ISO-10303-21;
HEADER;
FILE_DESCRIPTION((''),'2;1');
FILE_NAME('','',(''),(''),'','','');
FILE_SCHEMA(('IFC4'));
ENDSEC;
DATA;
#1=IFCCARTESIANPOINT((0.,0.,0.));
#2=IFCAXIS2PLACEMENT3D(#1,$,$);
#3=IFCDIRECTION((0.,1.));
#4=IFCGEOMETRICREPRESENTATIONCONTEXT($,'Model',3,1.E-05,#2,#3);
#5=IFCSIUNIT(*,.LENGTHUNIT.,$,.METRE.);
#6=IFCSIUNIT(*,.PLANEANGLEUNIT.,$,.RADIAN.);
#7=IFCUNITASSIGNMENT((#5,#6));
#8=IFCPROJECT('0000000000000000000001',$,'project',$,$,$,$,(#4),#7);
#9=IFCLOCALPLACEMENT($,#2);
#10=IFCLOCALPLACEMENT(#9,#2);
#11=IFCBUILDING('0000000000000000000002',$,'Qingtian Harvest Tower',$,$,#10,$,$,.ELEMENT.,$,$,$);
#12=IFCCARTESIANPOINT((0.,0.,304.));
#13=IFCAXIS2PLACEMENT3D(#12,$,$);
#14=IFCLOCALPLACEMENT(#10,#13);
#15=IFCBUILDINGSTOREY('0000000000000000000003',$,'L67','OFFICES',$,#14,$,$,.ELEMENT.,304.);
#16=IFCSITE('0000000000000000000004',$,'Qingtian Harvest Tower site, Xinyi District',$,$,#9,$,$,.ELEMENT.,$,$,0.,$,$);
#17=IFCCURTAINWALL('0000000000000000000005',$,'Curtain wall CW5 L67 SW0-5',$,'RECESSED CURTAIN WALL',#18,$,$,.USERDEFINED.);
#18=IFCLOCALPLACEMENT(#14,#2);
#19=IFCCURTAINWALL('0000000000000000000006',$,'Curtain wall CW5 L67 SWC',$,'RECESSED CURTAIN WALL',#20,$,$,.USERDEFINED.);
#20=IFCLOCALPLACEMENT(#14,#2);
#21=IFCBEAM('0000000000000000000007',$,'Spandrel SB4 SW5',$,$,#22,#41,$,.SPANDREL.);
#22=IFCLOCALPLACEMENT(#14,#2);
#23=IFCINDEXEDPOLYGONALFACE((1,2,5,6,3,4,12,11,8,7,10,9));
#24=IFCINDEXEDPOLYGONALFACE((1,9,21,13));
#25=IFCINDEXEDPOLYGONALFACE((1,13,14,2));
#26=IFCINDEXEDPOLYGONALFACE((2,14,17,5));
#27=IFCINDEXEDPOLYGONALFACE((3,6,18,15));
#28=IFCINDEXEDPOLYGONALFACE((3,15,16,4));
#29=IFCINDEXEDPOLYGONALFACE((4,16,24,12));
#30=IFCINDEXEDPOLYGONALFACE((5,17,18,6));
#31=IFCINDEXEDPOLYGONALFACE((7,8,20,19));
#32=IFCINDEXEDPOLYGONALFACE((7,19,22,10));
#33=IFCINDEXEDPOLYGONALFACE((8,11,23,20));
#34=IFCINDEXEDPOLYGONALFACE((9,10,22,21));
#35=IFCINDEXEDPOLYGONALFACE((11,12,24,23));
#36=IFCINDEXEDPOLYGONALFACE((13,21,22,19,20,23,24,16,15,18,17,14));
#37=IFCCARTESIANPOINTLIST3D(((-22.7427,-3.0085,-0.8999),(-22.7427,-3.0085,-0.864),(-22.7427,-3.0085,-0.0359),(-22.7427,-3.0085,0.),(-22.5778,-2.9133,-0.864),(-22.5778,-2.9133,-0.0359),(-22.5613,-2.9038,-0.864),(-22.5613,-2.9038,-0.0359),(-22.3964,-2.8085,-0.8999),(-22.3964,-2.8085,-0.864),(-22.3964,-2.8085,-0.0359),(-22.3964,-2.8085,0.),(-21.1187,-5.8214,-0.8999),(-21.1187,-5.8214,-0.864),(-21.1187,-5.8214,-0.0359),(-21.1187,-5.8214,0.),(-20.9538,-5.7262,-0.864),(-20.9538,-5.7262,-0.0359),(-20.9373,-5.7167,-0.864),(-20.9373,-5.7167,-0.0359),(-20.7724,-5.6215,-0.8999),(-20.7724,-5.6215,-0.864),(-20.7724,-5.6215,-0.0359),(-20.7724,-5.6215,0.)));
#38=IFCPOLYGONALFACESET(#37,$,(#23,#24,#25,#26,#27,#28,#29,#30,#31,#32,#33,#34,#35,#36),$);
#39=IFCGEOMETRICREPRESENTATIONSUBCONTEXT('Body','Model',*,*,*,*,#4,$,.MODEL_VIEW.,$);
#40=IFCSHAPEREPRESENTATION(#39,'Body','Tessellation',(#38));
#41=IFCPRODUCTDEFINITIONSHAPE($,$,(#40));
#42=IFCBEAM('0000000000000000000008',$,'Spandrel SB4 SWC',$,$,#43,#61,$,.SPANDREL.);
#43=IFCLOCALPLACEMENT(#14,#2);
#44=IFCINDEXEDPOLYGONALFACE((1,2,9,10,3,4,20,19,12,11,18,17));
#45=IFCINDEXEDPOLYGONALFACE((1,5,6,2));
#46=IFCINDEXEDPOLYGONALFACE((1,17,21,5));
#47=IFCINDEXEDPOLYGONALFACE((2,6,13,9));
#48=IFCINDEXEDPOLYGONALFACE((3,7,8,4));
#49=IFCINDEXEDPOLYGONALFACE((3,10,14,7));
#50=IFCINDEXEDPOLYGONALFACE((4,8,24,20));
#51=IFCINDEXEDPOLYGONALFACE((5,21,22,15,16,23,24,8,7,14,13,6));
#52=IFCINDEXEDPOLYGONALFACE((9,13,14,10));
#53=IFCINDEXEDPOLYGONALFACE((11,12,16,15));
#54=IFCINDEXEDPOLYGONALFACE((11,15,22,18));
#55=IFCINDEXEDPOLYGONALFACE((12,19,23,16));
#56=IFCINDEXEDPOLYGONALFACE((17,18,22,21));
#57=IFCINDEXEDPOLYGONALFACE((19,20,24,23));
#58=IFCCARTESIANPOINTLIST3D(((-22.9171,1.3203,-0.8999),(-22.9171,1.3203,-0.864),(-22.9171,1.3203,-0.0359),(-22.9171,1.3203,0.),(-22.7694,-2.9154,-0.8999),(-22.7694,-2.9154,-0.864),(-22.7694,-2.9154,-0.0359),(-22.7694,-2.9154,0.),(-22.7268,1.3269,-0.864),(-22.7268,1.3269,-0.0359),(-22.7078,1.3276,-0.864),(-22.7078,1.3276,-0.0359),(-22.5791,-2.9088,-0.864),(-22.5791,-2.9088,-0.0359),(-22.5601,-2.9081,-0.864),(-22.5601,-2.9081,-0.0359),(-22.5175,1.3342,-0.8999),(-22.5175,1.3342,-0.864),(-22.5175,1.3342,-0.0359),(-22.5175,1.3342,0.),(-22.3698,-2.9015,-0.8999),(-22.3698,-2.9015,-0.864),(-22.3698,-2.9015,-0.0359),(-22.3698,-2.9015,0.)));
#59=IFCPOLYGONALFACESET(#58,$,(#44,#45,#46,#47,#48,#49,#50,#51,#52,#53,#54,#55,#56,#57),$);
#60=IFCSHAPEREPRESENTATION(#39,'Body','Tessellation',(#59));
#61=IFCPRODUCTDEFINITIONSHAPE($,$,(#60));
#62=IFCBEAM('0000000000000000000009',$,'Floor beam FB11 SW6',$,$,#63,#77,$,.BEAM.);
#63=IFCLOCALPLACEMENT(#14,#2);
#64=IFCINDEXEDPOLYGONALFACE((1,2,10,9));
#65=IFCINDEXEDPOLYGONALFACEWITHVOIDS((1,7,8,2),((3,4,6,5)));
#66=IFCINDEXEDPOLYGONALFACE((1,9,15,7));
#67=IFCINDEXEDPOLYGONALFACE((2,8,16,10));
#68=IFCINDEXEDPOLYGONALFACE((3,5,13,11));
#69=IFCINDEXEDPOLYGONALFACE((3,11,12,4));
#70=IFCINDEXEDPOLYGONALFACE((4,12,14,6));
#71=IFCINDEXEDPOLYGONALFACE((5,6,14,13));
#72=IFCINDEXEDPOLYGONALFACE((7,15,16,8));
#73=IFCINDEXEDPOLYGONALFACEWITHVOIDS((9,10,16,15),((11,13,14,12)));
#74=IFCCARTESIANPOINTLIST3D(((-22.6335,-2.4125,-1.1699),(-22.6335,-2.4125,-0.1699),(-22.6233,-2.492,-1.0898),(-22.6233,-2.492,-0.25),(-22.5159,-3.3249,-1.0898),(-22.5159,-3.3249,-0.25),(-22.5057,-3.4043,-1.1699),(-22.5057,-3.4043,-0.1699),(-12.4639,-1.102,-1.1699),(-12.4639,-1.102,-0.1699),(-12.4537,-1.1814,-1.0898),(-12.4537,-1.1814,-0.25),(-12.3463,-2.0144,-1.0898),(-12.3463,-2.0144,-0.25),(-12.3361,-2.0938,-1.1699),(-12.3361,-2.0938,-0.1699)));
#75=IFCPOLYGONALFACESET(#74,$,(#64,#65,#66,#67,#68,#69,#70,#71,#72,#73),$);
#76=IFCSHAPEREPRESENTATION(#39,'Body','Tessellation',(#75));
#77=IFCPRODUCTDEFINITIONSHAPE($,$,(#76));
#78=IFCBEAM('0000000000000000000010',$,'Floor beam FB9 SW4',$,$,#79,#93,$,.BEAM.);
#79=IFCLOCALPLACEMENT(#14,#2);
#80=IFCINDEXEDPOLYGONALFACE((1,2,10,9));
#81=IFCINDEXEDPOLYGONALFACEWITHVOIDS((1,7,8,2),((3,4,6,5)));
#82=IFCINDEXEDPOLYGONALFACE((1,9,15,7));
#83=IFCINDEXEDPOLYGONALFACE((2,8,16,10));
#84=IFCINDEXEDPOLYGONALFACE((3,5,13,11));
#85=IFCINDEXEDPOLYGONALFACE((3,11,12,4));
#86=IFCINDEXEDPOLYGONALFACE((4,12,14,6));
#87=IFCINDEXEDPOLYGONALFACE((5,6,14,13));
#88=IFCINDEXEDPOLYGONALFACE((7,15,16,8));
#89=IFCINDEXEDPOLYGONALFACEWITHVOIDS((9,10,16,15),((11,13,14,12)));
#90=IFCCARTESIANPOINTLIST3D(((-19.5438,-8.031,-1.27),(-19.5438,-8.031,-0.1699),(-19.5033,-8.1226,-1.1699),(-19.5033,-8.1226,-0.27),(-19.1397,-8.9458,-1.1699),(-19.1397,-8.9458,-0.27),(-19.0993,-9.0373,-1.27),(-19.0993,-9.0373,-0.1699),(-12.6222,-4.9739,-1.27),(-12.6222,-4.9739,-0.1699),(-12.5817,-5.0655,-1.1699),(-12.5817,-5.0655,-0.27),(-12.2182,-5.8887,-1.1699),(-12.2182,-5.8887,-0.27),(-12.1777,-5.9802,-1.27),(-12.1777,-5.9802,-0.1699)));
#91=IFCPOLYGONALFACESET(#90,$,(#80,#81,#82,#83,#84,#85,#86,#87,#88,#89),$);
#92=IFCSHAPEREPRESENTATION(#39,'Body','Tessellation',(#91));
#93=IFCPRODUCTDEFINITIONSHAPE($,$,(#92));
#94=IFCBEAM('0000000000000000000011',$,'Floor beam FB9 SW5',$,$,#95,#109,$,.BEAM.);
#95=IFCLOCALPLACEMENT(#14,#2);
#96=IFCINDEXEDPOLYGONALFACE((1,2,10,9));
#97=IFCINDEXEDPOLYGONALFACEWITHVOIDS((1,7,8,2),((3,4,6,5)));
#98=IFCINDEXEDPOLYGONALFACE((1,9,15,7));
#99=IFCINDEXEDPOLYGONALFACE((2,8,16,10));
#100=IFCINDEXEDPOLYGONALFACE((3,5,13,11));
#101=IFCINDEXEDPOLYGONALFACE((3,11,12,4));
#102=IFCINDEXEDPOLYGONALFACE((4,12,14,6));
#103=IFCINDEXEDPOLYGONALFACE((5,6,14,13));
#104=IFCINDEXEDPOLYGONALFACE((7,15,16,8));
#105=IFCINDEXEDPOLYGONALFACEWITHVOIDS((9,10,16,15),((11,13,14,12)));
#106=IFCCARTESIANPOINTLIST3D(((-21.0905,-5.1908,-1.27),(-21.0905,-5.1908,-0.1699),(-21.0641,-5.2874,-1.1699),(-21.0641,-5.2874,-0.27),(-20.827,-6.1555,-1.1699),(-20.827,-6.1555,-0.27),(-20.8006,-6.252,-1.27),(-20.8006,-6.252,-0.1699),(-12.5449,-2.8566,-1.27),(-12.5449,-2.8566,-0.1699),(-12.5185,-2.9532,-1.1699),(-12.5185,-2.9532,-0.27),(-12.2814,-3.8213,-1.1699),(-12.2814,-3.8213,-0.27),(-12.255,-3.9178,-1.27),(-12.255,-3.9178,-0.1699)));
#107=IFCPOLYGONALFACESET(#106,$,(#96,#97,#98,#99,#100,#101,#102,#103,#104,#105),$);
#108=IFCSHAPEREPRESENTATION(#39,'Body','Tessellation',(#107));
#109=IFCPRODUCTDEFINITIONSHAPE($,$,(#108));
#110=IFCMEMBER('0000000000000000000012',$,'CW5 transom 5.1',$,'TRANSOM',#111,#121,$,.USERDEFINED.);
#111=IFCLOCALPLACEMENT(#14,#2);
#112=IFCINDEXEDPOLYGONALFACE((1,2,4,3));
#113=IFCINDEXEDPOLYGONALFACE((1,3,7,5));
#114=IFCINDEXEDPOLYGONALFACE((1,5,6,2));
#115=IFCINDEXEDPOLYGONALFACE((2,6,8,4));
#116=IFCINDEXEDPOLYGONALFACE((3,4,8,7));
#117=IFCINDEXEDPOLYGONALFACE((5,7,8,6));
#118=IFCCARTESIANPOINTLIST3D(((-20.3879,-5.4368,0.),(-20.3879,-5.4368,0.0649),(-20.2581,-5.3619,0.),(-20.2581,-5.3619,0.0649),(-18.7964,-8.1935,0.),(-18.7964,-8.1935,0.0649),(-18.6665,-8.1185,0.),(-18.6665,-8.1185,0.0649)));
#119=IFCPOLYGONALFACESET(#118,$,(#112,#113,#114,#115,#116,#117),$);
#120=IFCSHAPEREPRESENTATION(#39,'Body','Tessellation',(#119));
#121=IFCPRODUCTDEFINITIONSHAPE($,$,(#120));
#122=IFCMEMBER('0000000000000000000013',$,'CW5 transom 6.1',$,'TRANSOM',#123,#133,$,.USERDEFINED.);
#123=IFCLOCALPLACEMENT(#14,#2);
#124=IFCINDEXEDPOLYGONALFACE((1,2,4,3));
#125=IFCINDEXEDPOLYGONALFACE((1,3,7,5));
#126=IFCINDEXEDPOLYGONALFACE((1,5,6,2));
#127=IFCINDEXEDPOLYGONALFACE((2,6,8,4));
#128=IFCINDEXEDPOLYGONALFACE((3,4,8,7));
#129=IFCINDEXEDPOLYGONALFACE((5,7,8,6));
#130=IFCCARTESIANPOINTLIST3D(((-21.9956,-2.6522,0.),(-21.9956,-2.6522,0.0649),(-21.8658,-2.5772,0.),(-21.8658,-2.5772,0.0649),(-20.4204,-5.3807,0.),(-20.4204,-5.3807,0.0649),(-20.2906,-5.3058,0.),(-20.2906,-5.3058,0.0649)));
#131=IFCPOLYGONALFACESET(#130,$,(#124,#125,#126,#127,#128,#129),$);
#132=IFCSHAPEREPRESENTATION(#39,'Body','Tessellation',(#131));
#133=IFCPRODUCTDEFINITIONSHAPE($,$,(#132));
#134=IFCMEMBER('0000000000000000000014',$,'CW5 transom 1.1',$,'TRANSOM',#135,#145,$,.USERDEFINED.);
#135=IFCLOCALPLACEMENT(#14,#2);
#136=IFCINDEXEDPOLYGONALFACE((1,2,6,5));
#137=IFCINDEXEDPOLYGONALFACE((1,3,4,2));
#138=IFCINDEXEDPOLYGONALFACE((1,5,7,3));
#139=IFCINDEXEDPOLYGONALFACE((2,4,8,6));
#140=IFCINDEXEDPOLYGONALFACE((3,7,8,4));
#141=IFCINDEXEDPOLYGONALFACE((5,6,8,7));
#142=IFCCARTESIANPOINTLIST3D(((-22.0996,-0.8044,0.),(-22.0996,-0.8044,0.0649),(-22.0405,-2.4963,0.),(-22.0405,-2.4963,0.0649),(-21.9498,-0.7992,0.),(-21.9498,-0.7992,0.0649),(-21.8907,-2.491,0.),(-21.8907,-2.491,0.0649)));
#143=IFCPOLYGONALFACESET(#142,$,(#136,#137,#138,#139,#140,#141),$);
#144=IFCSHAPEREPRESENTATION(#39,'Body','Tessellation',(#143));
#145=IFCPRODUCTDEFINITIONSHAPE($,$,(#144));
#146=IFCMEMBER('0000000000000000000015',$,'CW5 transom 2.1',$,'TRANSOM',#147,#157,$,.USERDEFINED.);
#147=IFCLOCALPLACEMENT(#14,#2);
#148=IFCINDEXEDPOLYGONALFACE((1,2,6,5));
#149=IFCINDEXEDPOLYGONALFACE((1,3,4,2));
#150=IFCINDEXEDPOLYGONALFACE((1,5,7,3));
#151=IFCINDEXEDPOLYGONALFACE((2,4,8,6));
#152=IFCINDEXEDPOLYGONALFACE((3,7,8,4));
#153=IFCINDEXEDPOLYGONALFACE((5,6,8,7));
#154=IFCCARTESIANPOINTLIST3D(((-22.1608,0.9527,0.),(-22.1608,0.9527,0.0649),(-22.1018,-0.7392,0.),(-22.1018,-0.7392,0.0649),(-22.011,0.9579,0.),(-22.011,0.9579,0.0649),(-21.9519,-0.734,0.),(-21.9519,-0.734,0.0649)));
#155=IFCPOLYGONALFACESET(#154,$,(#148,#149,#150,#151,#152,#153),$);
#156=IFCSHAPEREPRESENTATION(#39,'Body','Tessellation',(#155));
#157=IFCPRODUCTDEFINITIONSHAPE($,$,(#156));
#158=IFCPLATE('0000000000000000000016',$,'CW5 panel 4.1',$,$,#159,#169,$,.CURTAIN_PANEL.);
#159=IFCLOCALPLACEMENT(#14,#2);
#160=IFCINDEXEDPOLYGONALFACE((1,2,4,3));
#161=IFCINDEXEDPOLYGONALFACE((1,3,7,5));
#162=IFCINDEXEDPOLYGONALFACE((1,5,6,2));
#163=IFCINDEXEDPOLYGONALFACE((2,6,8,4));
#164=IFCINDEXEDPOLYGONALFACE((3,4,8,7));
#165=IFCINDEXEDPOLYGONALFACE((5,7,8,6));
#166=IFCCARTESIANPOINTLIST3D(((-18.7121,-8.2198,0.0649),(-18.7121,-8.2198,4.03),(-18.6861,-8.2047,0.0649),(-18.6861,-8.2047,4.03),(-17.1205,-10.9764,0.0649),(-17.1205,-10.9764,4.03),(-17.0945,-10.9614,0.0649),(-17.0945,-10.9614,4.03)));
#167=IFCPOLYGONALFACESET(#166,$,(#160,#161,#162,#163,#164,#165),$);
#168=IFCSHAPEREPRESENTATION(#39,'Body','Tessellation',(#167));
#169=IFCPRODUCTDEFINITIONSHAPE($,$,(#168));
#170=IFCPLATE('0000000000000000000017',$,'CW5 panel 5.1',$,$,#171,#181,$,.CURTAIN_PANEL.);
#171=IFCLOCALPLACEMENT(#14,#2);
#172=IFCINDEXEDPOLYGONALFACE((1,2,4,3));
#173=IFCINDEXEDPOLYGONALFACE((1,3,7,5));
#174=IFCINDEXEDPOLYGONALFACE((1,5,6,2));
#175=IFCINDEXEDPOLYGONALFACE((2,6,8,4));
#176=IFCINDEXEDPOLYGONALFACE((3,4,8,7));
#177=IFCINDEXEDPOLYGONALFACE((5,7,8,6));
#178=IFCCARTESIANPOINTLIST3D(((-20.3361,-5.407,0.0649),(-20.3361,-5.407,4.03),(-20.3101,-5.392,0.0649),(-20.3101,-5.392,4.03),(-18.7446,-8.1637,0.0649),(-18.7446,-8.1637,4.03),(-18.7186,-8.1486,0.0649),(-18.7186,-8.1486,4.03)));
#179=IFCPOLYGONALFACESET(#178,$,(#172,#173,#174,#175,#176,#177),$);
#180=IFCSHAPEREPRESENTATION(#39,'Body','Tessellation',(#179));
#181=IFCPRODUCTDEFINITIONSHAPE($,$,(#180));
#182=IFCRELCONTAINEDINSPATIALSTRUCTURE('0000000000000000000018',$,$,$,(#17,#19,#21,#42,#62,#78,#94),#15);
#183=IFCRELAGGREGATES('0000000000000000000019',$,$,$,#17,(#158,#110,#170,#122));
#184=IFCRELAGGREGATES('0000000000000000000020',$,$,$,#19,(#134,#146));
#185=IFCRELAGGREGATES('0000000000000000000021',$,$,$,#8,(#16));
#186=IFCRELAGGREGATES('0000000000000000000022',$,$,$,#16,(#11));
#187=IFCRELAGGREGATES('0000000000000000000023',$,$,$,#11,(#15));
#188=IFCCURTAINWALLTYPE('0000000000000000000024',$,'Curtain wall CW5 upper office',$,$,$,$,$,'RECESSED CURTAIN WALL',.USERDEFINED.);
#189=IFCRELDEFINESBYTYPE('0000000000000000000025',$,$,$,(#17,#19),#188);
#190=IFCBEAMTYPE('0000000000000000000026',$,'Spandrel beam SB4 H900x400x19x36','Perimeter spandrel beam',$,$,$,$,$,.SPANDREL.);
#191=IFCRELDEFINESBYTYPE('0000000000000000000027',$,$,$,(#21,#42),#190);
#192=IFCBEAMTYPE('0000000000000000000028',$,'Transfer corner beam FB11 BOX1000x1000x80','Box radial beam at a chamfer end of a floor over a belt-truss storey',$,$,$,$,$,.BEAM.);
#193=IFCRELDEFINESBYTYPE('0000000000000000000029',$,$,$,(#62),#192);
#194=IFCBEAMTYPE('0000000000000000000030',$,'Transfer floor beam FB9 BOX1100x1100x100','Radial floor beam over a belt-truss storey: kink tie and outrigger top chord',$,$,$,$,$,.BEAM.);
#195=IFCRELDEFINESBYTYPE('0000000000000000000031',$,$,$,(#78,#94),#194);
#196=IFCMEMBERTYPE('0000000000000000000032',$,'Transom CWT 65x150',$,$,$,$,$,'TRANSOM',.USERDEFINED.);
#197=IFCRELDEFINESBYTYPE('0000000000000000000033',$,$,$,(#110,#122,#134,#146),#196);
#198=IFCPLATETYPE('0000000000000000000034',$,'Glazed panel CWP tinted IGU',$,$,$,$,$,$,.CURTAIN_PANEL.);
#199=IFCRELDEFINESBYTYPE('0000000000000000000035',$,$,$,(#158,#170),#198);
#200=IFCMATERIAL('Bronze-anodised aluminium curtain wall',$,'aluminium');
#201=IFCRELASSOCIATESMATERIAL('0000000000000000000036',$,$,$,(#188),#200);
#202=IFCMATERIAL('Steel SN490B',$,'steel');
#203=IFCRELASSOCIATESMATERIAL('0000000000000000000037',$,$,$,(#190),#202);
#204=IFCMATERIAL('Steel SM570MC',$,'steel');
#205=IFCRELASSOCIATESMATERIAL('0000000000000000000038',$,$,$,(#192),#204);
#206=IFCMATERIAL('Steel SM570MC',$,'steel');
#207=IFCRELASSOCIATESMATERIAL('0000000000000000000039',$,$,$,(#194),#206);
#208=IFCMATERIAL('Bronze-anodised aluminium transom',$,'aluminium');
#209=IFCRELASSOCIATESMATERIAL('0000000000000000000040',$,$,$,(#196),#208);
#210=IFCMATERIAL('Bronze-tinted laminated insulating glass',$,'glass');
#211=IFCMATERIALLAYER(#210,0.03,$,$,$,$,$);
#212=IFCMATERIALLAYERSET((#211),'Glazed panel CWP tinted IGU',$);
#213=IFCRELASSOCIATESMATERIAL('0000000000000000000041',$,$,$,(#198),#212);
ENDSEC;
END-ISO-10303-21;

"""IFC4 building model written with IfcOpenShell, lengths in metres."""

from ifc_helpers import new_model, si_unit, direction, frame, origin, origin_2d, place, context, subcontext, project, spatial, rectangle, hollow_rectangle, i_section, extrude, material, layer, layer_set, material_profile, profile_set, type_object, element, aggregate, save


model = new_model("IFC4")

# Units and contexts
model_context = context("Model", 3, precision=1e-05, world=origin(), true_north=direction((0.0, 1.0)))
body_context = subcontext(model_context, "Body", "Model", "MODEL_VIEW")
ifc_project = project(units=[si_unit("LENGTHUNIT", "METRE"), si_unit("PLANEANGLEUNIT", "RADIAN")], contexts=[model_context])

# Site, building, storey
site_placement = place(None, origin())
site = spatial("IfcSite", under=ifc_project, at=site_placement, Name="Qingtian Harvest Tower site, Xinyi District", CompositionType="ELEMENT", RefElevation=0.0)
building_placement = place(site_placement, origin())
building = spatial("IfcBuilding", under=site, at=building_placement, Name="Qingtian Harvest Tower", CompositionType="ELEMENT")
storey_placement = place(building_placement, frame((0.0, 0.0, 304.0)))
storey = spatial("IfcBuildingStorey", under=building, at=storey_placement, Name="L67", Description="OFFICES", CompositionType="ELEMENT", Elevation=304.0)

# Curtain walls
ifc_material_1 = material(Name="Bronze-anodised aluminium curtain wall", Category="aluminium")
curtain_wall_type = type_object("IfcCurtainWallType", Name="Curtain wall CW5 upper office", ElementType="RECESSED CURTAIN WALL", PredefinedType="USERDEFINED", material=ifc_material_1)
curtain_wall_1_placement = place(storey_placement, origin())
curtain_wall_1 = element("IfcCurtainWall", 1, at=curtain_wall_1_placement, inside=storey, type_object=curtain_wall_type, Name="Curtain wall CW5 L67 SW0-5", ObjectType="RECESSED CURTAIN WALL", PredefinedType="USERDEFINED")
curtain_wall_2_placement = place(storey_placement, origin())
curtain_wall_2 = element("IfcCurtainWall", 2, at=curtain_wall_2_placement, inside=storey, type_object=curtain_wall_type, Name="Curtain wall CW5 L67 SWC", ObjectType="RECESSED CURTAIN WALL", PredefinedType="USERDEFINED")

# Beams
ifc_material_2 = material(Name="Steel SN490B", Category="steel")
ifc_material_profile_1 = material_profile(ifc_material_2, i_section(OverallWidth=0.3999, OverallDepth=0.8999, WebThickness=0.019, FlangeThickness=0.0359, at=origin_2d()), Name="H900x400x19x36")
ifc_profile_set_1 = profile_set([ifc_material_profile_1], Name="Steel SN490B")
beam_type_1 = type_object("IfcBeamType", Name="Spandrel beam SB4 H900x400x19x36", Description="Perimeter spandrel beam", PredefinedType="SPANDREL", material=ifc_profile_set_1)
beam_1_placement = place(storey_placement, frame((-20.9456, -5.7214, -0.45), z_axis=(-0.499987, 0.866033, 0.0), x_axis=(-0.866033, -0.499987, 0.0)))
element("IfcBeam", 3, at=beam_1_placement, inside=storey, type_object=beam_type_1, Name="Spandrel SB4 SW5", PredefinedType="SPANDREL", context=body_context, shape_type="SweptSolid", body=[
    extrude(i_section(OverallWidth=0.3999, OverallDepth=0.8999, WebThickness=0.019, FlangeThickness=0.0359, at=origin_2d()), origin(), (0.0, 0.0, 1.0), 3.248),
])
beam_2_placement = place(storey_placement, frame((-22.5696, -2.9084, -0.45), z_axis=(-0.034851, 0.999393, 0.0), x_axis=(-0.999393, -0.034851, 0.0)))
element("IfcBeam", 4, at=beam_2_placement, inside=storey, type_object=beam_type_1, Name="Spandrel SB4 SWC", PredefinedType="SPANDREL", context=body_context, shape_type="SweptSolid", body=[
    extrude(i_section(OverallWidth=0.3999, OverallDepth=0.8999, WebThickness=0.019, FlangeThickness=0.0359, at=origin_2d()), origin(), (0.0, 0.0, 1.0), 4.2383),
])
ifc_material_3 = material(Name="Steel SM570MC", Category="steel")
ifc_material_profile_2 = material_profile(ifc_material_3, hollow_rectangle(XDim=1.0, YDim=1.0, WallThickness=0.0801, at=origin_2d()), Name="BOX1000x1000x80")
ifc_profile_set_2 = profile_set([ifc_material_profile_2], Name="Steel SM570MC")
beam_type_2 = type_object("IfcBeamType", Name="Transfer corner beam FB11 BOX1000x1000x80", Description="Box radial beam at a chamfer end of a floor over a belt-truss storey", PredefinedType="BEAM", material=ifc_profile_set_2)
beam_3_placement = place(storey_placement, frame((-22.5696, -2.9084, -0.6699), z_axis=(0.991799, 0.127811, 0.0), x_axis=(-0.127811, 0.991799, 0.0)))
element("IfcBeam", 5, at=beam_3_placement, inside=storey, type_object=beam_type_2, Name="Floor beam FB11 SW6", PredefinedType="BEAM", context=body_context, shape_type="SweptSolid", body=[
    extrude(hollow_rectangle(XDim=1.0, YDim=1.0, WallThickness=0.0801, at=origin_2d()), origin(), (0.0, 0.0, 1.0), 10.2537),
])
ifc_material_4 = material(Name="Steel SM570MC", Category="steel")
ifc_material_profile_3 = material_profile(ifc_material_4, hollow_rectangle(XDim=1.1001, YDim=1.1001, WallThickness=0.1001, at=origin_2d()), Name="BOX1100x1100x100")
ifc_profile_set_3 = profile_set([ifc_material_profile_3], Name="Steel SM570MC")
beam_type_3 = type_object("IfcBeamType", Name="Transfer floor beam FB9 BOX1100x1100x100", Description="Radial floor beam over a belt-truss storey: kink tie and outrigger top chord", PredefinedType="BEAM", material=ifc_profile_set_3)
beam_4_placement = place(storey_placement, frame((-19.3215, -8.5342, -0.72), z_axis=(0.914748, 0.404024, 0.0), x_axis=(-0.404024, 0.914748, 0.0)))
element("IfcBeam", 6, at=beam_4_placement, inside=storey, type_object=beam_type_3, Name="Floor beam FB9 SW4", PredefinedType="BEAM", context=body_context, shape_type="SweptSolid", body=[
    extrude(hollow_rectangle(XDim=1.1001, YDim=1.1001, WallThickness=0.1001, at=origin_2d()), origin(), (0.0, 0.0, 1.0), 7.5667),
])
beam_5_placement = place(storey_placement, frame((-20.9456, -5.7214, -0.72), z_axis=(0.964661, 0.263495, 0.0), x_axis=(-0.263495, 0.964661, 0.0)))
element("IfcBeam", 7, at=beam_5_placement, inside=storey, type_object=beam_type_3, Name="Floor beam FB9 SW5", PredefinedType="BEAM", context=body_context, shape_type="SweptSolid", body=[
    extrude(hollow_rectangle(XDim=1.1001, YDim=1.1001, WallThickness=0.1001, at=origin_2d()), origin(), (0.0, 0.0, 1.0), 8.8586),
])

# Members
ifc_material_5 = material(Name="Bronze-anodised aluminium transom", Category="aluminium")
ifc_material_profile_4 = material_profile(ifc_material_5, rectangle(XDim=0.1499, YDim=0.0649, at=origin_2d()), Name="AL 65x150")
ifc_profile_set_4 = profile_set([ifc_material_profile_4], Name="Bronze-anodised aluminium transom")
member_type_1 = type_object("IfcMemberType", Name="Transom CWT 65x150", ElementType="TRANSOM", PredefinedType="USERDEFINED", material=ifc_profile_set_4)
member_1_placement = place(storey_placement, frame((-18.7314, -8.156, 0.0325), z_axis=(-0.500008, 0.866021, 0.0), x_axis=(-0.866021, -0.500008, 0.0)))
member_1 = element("IfcMember", 8, at=member_1_placement, type_object=member_type_1, Name="CW5 transom 5.1", ObjectType="TRANSOM", PredefinedType="USERDEFINED", context=body_context, shape_type="SweptSolid", body=[
    extrude(rectangle(XDim=0.1499, YDim=0.0649, at=origin_2d()), origin(), (0.0, 0.0, 1.0), 3.1831),
])
member_2_placement = place(storey_placement, frame((-20.3555, -5.3433, 0.0325), z_axis=(-0.499973, 0.866041, 0.0), x_axis=(-0.866041, -0.499973, 0.0)))
member_2 = element("IfcMember", 9, at=member_2_placement, type_object=member_type_1, Name="CW5 transom 6.1", ObjectType="TRANSOM", PredefinedType="USERDEFINED", context=body_context, shape_type="SweptSolid", body=[
    extrude(rectangle(XDim=0.1499, YDim=0.0649, at=origin_2d()), origin(), (0.0, 0.0, 1.0), 3.1506),
])
member_3_placement = place(storey_placement, frame((-21.9656, -2.4937, 0.0325), z_axis=(-0.034899, 0.999391, 0.0), x_axis=(-0.999391, -0.034899, 0.0)))
member_3 = element("IfcMember", 10, at=member_3_placement, type_object=member_type_1, Name="CW5 transom 1.1", ObjectType="TRANSOM", PredefinedType="USERDEFINED", context=body_context, shape_type="SweptSolid", body=[
    extrude(rectangle(XDim=0.1499, YDim=0.0649, at=origin_2d()), origin(), (0.0, 0.0, 1.0), 1.6929),
])
member_4_placement = place(storey_placement, frame((-22.0269, -0.7366, 0.0325), z_axis=(-0.034899, 0.999391, 0.0), x_axis=(-0.999391, -0.034899, 0.0)))
member_4 = element("IfcMember", 11, at=member_4_placement, type_object=member_type_1, Name="CW5 transom 2.1", ObjectType="TRANSOM", PredefinedType="USERDEFINED", context=body_context, shape_type="SweptSolid", body=[
    extrude(rectangle(XDim=0.1499, YDim=0.0649, at=origin_2d()), origin(), (0.0, 0.0, 1.0), 1.6929),
])

# Plates
ifc_material_6 = material(Name="Bronze-tinted laminated insulating glass", Category="glass")
ifc_layer_1 = layer(ifc_material_6, 0.03)
ifc_layer_set_1 = layer_set([ifc_layer_1], Name="Glazed panel CWP tinted IGU")
plate_type = type_object("IfcPlateType", Name="Glazed panel CWP tinted IGU", PredefinedType="CURTAIN_PANEL", material=ifc_layer_set_1)
plate_1_placement = place(storey_placement, frame((-17.9033, -9.5906, 0.0649), z_axis=(0.0, 0.0, 1.0), x_axis=(-0.5, 0.866025, 0.0)))
plate_1 = element("IfcPlate", 12, at=plate_1_placement, type_object=plate_type, Name="CW5 panel 4.1", PredefinedType="CURTAIN_PANEL", context=body_context, shape_type="SweptSolid", body=[
    extrude(rectangle(XDim=3.1831, YDim=0.03, at=origin_2d()), origin(), (0.0, 0.0, 1.0), 3.9651),
])
plate_2_placement = place(storey_placement, frame((-19.5273, -6.7778, 0.0649), z_axis=(0.0, 0.0, 1.0), x_axis=(-0.5, 0.866025, 0.0)))
plate_2 = element("IfcPlate", 13, at=plate_2_placement, type_object=plate_type, Name="CW5 panel 5.1", PredefinedType="CURTAIN_PANEL", context=body_context, shape_type="SweptSolid", body=[
    extrude(rectangle(XDim=3.1831, YDim=0.03, at=origin_2d()), origin(), (0.0, 0.0, 1.0), 3.9651),
])
aggregate(curtain_wall_1, [plate_1, member_1, plate_2, member_2])
aggregate(curtain_wall_2, [member_3, member_4])

save(model, "model.ifc")
